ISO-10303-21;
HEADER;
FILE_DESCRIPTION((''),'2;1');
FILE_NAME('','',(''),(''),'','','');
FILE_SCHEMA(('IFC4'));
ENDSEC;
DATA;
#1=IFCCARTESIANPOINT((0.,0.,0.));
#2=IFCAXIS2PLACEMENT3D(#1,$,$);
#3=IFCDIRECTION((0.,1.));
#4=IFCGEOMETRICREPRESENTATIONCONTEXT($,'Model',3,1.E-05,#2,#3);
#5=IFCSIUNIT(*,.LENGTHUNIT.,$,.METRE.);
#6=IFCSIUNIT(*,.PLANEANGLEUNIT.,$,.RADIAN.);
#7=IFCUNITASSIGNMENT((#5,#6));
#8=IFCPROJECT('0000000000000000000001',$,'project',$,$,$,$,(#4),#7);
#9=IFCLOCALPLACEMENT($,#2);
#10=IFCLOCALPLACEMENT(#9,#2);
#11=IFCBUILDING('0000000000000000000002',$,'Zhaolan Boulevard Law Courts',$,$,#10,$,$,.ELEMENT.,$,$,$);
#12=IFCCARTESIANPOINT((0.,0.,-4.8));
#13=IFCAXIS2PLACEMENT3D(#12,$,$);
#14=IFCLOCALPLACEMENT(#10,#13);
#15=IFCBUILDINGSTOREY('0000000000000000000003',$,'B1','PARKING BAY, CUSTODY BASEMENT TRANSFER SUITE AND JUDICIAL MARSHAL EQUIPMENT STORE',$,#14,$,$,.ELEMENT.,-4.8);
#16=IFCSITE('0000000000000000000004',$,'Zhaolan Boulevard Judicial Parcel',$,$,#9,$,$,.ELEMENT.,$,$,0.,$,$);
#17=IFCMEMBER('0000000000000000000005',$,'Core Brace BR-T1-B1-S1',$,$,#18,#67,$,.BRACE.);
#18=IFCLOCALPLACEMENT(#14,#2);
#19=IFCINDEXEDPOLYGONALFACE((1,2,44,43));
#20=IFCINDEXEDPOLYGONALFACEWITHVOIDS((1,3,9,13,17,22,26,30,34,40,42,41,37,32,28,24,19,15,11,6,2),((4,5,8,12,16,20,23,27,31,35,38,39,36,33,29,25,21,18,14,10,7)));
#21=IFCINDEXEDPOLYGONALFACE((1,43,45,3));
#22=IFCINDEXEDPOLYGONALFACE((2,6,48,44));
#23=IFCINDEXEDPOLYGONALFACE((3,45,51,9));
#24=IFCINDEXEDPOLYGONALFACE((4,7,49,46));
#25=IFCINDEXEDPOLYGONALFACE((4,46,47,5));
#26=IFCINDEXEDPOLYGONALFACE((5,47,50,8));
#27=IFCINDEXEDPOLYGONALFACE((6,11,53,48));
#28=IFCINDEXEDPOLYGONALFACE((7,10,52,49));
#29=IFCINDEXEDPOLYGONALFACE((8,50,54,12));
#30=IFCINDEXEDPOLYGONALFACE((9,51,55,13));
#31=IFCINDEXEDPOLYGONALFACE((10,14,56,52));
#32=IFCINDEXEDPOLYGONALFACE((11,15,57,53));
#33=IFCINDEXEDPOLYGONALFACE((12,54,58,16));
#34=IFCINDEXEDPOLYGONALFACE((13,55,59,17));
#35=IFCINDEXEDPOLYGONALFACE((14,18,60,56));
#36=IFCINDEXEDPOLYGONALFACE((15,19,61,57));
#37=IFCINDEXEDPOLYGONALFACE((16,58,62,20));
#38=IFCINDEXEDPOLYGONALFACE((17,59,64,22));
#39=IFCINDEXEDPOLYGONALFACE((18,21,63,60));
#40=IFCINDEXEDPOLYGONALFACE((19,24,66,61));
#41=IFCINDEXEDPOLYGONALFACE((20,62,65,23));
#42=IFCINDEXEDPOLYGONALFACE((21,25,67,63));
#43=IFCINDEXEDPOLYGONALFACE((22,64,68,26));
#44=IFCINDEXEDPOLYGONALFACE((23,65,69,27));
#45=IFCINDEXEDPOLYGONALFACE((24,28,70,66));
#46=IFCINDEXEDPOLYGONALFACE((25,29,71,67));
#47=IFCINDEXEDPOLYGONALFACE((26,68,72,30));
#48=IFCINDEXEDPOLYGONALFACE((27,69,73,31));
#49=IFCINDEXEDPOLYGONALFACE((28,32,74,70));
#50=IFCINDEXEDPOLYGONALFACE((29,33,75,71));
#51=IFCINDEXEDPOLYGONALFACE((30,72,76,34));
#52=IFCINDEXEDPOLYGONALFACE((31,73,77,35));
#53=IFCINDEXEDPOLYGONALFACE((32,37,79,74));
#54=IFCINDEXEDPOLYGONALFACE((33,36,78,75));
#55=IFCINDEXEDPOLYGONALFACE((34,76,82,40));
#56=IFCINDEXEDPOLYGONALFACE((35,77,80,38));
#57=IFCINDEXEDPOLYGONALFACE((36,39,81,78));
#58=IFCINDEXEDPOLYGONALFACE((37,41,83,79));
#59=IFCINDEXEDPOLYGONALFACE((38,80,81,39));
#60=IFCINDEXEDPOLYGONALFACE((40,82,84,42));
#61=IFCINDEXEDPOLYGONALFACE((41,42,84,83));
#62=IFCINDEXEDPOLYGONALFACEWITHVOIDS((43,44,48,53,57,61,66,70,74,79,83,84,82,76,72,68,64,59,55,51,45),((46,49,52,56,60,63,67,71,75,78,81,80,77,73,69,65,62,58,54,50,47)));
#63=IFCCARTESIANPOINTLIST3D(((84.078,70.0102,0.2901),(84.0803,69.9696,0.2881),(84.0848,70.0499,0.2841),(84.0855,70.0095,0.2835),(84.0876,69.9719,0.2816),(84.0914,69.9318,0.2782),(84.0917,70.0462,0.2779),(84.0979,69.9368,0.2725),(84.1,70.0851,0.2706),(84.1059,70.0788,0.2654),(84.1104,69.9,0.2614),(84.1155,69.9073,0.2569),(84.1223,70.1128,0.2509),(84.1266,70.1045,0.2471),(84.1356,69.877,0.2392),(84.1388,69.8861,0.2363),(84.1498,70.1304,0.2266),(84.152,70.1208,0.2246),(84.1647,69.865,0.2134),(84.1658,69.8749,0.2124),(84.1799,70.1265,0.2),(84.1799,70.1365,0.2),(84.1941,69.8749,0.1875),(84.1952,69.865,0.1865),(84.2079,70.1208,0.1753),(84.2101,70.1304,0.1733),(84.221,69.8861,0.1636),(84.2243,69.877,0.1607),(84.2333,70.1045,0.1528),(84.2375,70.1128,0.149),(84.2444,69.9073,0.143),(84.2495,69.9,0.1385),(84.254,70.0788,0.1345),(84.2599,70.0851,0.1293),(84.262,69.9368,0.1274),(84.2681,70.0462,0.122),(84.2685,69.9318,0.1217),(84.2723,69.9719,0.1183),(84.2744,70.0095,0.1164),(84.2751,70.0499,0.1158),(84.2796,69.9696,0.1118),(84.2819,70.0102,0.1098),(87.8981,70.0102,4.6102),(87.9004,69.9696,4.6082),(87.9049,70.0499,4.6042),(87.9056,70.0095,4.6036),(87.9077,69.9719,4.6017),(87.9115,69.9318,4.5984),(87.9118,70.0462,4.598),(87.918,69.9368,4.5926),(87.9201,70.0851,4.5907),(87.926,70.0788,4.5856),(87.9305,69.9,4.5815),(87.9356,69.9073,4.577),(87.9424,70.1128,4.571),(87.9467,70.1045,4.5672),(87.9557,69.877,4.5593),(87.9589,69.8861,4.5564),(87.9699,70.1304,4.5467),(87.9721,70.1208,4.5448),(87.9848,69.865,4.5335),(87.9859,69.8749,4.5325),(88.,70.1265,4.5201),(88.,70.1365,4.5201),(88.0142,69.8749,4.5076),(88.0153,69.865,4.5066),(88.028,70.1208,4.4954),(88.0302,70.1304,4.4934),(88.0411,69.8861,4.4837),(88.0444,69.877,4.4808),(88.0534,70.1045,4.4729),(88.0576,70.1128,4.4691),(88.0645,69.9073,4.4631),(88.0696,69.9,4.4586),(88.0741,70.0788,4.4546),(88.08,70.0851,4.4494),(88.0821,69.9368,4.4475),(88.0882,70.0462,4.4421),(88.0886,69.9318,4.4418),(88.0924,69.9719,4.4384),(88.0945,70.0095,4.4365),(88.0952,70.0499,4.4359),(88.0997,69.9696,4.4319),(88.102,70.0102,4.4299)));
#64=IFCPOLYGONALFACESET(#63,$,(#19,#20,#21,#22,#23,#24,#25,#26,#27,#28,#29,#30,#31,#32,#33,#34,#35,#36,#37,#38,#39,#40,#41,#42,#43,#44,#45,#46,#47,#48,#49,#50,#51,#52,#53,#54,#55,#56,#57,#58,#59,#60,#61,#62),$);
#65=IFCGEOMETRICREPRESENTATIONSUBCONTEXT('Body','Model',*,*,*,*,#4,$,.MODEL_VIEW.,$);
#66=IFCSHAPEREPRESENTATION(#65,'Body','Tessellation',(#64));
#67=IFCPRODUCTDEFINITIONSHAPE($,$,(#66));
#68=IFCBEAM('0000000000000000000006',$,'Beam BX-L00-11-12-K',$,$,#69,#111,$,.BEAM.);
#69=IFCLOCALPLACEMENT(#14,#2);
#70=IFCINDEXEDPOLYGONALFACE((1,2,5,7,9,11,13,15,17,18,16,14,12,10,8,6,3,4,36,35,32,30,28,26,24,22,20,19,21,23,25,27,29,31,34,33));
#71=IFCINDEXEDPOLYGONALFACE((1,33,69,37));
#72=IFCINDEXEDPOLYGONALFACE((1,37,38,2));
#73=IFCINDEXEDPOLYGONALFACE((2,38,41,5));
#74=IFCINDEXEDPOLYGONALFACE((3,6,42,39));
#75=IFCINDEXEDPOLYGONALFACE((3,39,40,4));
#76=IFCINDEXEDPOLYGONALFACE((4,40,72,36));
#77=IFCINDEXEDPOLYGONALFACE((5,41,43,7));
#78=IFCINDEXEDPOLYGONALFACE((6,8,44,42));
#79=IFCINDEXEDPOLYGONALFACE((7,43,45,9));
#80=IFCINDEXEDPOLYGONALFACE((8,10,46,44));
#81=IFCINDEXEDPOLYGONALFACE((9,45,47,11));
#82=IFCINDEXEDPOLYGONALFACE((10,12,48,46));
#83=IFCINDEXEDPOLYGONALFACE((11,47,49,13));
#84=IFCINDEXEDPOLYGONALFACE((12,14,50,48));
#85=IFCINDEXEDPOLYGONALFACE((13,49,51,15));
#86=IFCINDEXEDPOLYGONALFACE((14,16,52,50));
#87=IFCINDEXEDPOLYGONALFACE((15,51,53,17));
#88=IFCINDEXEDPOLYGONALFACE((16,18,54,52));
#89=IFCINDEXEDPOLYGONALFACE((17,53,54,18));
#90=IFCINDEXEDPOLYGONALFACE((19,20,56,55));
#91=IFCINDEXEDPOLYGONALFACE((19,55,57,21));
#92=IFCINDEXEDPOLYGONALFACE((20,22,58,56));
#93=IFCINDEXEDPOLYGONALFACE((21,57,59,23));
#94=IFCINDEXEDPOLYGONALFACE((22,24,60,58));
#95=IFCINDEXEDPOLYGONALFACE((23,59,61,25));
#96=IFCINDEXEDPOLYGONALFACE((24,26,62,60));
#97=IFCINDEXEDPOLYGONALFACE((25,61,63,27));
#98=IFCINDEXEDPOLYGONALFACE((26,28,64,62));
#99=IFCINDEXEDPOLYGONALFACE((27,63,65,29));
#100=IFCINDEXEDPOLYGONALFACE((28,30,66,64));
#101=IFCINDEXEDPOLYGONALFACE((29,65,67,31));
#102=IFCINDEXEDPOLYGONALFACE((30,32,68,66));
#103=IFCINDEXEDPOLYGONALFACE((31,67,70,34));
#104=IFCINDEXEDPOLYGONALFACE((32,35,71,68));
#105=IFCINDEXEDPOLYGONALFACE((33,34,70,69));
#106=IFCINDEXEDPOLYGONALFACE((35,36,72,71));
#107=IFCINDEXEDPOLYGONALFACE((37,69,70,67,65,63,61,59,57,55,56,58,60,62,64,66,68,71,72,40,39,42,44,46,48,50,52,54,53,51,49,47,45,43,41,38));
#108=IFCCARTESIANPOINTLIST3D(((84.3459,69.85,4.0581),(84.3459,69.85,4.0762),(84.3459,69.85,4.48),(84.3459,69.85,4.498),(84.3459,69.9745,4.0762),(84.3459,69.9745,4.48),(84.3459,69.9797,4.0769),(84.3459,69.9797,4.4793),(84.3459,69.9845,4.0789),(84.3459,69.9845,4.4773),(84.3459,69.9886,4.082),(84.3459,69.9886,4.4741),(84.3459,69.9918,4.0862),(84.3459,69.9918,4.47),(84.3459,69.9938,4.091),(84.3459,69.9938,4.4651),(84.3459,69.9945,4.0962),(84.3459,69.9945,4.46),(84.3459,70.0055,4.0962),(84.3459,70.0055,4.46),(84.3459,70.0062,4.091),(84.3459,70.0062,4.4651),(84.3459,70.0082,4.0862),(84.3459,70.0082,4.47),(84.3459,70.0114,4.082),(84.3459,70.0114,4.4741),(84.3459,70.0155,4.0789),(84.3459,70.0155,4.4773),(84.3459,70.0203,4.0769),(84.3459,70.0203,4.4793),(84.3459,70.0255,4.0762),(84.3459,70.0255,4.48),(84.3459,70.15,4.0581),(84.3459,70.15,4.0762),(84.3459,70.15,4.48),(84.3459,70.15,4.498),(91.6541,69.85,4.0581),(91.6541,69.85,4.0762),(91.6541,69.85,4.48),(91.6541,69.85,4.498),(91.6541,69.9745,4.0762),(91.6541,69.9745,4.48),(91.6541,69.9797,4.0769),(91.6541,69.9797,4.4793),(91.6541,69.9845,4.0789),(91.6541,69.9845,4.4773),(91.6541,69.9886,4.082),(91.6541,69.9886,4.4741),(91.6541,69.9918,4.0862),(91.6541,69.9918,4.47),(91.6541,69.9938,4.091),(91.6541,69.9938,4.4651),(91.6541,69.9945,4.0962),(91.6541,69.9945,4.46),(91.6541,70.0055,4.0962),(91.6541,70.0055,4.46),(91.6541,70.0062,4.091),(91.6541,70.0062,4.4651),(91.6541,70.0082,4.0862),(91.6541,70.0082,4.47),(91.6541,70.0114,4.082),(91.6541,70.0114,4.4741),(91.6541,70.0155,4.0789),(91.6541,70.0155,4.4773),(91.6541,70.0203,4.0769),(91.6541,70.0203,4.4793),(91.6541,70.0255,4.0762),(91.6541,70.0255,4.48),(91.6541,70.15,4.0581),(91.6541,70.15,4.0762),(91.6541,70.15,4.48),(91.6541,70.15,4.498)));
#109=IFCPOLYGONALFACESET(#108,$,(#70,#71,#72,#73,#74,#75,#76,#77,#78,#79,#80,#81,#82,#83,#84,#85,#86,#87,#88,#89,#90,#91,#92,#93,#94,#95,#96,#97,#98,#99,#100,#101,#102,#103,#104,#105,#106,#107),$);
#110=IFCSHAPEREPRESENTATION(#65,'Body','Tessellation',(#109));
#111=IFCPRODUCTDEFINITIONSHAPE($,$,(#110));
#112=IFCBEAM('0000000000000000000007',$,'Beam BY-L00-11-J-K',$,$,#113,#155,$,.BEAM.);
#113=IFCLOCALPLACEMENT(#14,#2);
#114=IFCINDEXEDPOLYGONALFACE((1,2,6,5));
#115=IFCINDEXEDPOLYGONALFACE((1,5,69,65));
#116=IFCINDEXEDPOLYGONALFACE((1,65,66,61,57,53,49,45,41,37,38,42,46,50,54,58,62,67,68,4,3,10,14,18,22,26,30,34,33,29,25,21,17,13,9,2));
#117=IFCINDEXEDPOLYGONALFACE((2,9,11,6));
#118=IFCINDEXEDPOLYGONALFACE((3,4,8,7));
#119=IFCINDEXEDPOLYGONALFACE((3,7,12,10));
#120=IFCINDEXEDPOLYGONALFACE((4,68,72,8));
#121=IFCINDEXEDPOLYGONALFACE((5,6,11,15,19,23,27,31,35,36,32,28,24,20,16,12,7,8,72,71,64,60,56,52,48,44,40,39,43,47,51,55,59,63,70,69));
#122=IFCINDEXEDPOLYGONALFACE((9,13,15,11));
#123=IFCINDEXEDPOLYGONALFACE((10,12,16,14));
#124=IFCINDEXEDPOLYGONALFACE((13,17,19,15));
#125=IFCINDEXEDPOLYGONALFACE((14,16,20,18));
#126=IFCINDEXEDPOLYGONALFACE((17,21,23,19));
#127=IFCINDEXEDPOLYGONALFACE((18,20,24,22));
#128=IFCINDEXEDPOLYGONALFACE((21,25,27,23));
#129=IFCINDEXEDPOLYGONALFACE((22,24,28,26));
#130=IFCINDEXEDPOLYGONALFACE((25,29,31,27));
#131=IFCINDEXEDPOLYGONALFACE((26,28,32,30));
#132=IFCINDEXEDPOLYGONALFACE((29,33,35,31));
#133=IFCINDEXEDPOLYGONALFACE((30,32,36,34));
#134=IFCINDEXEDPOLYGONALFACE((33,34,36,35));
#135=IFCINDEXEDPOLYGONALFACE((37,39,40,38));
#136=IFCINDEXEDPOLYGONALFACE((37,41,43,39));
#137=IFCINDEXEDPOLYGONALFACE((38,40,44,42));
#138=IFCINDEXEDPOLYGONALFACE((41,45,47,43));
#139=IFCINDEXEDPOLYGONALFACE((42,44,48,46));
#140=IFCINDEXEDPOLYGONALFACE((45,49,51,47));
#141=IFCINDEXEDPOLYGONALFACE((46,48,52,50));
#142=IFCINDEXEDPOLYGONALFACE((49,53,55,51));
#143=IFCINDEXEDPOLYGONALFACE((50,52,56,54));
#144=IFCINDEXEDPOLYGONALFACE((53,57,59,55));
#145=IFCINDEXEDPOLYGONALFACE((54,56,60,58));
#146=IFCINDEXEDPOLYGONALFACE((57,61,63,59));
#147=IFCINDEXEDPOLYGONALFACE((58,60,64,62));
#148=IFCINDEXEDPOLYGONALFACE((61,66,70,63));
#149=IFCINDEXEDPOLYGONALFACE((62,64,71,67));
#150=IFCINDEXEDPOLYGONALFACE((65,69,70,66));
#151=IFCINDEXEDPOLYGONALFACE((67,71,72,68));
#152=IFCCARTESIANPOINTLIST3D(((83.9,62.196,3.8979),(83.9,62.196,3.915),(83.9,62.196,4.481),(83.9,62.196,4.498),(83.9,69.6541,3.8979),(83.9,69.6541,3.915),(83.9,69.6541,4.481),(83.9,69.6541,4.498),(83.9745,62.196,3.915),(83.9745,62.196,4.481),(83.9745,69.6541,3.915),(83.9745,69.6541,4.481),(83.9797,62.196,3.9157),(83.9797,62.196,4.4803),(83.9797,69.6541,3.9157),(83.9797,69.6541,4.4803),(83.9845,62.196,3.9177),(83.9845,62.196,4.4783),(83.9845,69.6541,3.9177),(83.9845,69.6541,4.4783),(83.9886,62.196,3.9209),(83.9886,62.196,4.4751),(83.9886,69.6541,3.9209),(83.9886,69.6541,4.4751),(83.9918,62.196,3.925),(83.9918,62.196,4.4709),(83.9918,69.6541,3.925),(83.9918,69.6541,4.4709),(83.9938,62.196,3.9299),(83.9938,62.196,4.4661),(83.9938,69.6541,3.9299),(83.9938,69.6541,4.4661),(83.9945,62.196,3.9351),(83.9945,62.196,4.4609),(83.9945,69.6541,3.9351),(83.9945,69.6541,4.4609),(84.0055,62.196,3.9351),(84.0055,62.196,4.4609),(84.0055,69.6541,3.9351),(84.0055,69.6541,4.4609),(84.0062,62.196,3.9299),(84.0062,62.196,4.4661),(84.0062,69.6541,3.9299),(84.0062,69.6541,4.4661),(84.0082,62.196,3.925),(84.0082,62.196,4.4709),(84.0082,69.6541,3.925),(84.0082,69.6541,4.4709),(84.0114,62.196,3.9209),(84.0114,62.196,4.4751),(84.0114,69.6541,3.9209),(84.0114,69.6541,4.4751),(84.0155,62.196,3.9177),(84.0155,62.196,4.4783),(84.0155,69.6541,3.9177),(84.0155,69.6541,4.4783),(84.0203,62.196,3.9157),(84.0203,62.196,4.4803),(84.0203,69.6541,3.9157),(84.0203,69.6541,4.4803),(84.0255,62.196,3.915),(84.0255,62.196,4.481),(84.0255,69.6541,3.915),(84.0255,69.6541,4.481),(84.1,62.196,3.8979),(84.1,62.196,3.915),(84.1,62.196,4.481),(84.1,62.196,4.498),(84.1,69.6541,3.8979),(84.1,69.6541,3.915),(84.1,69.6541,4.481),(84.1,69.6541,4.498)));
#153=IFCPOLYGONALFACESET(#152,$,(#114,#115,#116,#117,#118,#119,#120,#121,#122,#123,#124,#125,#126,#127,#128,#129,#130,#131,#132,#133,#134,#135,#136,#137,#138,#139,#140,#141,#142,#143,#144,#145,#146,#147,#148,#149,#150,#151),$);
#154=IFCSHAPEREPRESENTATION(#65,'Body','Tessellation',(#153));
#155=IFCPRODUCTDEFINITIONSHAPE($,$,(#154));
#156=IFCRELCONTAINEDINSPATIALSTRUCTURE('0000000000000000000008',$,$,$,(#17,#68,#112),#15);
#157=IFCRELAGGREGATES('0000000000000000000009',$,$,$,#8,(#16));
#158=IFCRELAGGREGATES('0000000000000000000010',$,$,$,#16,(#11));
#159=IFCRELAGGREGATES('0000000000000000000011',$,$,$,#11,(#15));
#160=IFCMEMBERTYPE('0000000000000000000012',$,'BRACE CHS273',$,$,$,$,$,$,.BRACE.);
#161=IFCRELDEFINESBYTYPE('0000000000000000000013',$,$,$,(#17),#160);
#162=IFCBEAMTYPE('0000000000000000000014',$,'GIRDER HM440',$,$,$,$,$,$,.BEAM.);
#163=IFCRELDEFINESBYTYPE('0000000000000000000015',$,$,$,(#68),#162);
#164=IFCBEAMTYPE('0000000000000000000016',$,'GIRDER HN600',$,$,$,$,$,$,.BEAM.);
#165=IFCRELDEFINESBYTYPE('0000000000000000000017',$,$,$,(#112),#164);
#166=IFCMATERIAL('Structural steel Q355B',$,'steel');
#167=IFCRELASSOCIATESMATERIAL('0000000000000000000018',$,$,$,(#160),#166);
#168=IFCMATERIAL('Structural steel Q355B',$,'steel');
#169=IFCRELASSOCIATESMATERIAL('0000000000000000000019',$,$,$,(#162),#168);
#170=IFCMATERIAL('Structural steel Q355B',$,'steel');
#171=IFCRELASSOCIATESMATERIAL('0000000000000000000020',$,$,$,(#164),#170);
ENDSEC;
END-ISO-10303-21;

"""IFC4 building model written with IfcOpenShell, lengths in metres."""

from ifc_helpers import new_model, si_unit, direction, frame, origin, origin_2d, place, context, subcontext, project, spatial, hollow_circle, i_section, extrude, material, material_profile, profile_set, type_object, element, save


model = new_model("IFC4")

# Units and contexts
model_context = context("Model", 3, precision=1e-05, world=origin(), true_north=direction((0.0, 1.0)))
body_context = subcontext(model_context, "Body", "Model", "MODEL_VIEW")
ifc_project = project(units=[si_unit("LENGTHUNIT", "METRE"), si_unit("PLANEANGLEUNIT", "RADIAN")], contexts=[model_context])

# Site, building, storey
site_placement = place(None, origin())
site = spatial("IfcSite", under=ifc_project, at=site_placement, Name="Zhaolan Boulevard Judicial Parcel", CompositionType="ELEMENT", RefElevation=0.0)
building_placement = place(site_placement, origin())
building = spatial("IfcBuilding", under=site, at=building_placement, Name="Zhaolan Boulevard Law Courts", CompositionType="ELEMENT")
storey_placement = place(building_placement, frame((0.0, 0.0, -4.8)))
storey = spatial("IfcBuildingStorey", under=building, at=storey_placement, Name="B1", Description="PARKING BAY, CUSTODY BASEMENT TRANSFER SUITE AND JUDICIAL MARSHAL EQUIPMENT STORE", CompositionType="ELEMENT", Elevation=-4.8)

# Member
ifc_material_1 = material(Name="Structural steel Q355B", Category="steel")
ifc_material_profile_1 = material_profile(ifc_material_1, hollow_circle(Radius=0.1365, WallThickness=0.01, at=origin_2d()), Name="CHS273x10")
ifc_profile_set_1 = profile_set([ifc_material_profile_1], Name="Structural steel Q355B")
member_type = type_object("IfcMemberType", Name="BRACE CHS273", PredefinedType="BRACE", material=ifc_profile_set_1)
member_placement = place(storey_placement, frame((84.1799, 70.0, 0.2), z_axis=(0.662425, 0.0, 0.749128), x_axis=(0.0, 1.0, 0.0)))
element("IfcMember", 1, at=member_placement, inside=storey, type_object=member_type, Name="Core Brace BR-T1-B1-S1", PredefinedType="BRACE", context=body_context, shape_type="SweptSolid", body=[
    extrude(hollow_circle(Radius=0.1365, WallThickness=0.01, at=origin_2d()), origin(), (0.0, 0.0, 1.0), 5.7668),
])

# Beams
ifc_material_2 = material(Name="Structural steel Q355B", Category="steel")
ifc_material_profile_2 = material_profile(ifc_material_2, i_section(OverallWidth=0.3, OverallDepth=0.4399, WebThickness=0.011, FlangeThickness=0.0181, FilletRadius=0.02, at=origin_2d()), Name="HM440x300")
ifc_profile_set_2 = profile_set([ifc_material_profile_2], Name="Structural steel Q355B")
beam_type_1 = type_object("IfcBeamType", Name="GIRDER HM440", PredefinedType="BEAM", material=ifc_profile_set_2)
beam_1_placement = place(storey_placement, frame((84.3459, 70.0, 4.2781), z_axis=(1.0, 0.0, 0.0), x_axis=(0.0, 1.0, 0.0)))
element("IfcBeam", 2, at=beam_1_placement, inside=storey, type_object=beam_type_1, Name="Beam BX-L00-11-12-K", PredefinedType="BEAM", context=body_context, shape_type="SweptSolid", body=[
    extrude(i_section(OverallWidth=0.3, OverallDepth=0.4399, WebThickness=0.011, FlangeThickness=0.0181, FilletRadius=0.02, at=origin_2d()), origin(), (0.0, 0.0, 1.0), 7.3081),
])
ifc_material_3 = material(Name="Structural steel Q355B", Category="steel")
ifc_material_profile_3 = material_profile(ifc_material_3, i_section(OverallWidth=0.2, OverallDepth=0.6001, WebThickness=0.011, FlangeThickness=0.0171, FilletRadius=0.02, at=origin_2d()), Name="HN600x200")
ifc_profile_set_3 = profile_set([ifc_material_profile_3], Name="Structural steel Q355B")
beam_type_2 = type_object("IfcBeamType", Name="GIRDER HN600", PredefinedType="BEAM", material=ifc_profile_set_3)
beam_2_placement = place(storey_placement, frame((84.0, 62.196, 4.198), z_axis=(0.0, 1.0, 0.0), x_axis=(-1.0, 0.0, 0.0)))
element("IfcBeam", 3, at=beam_2_placement, inside=storey, type_object=beam_type_2, Name="Beam BY-L00-11-J-K", PredefinedType="BEAM", context=body_context, shape_type="SweptSolid", body=[
    extrude(i_section(OverallWidth=0.2, OverallDepth=0.6001, WebThickness=0.011, FlangeThickness=0.0171, FilletRadius=0.02, at=origin_2d()), origin(), (0.0, 0.0, 1.0), 7.458),
])

save(model, "model.ifc")
